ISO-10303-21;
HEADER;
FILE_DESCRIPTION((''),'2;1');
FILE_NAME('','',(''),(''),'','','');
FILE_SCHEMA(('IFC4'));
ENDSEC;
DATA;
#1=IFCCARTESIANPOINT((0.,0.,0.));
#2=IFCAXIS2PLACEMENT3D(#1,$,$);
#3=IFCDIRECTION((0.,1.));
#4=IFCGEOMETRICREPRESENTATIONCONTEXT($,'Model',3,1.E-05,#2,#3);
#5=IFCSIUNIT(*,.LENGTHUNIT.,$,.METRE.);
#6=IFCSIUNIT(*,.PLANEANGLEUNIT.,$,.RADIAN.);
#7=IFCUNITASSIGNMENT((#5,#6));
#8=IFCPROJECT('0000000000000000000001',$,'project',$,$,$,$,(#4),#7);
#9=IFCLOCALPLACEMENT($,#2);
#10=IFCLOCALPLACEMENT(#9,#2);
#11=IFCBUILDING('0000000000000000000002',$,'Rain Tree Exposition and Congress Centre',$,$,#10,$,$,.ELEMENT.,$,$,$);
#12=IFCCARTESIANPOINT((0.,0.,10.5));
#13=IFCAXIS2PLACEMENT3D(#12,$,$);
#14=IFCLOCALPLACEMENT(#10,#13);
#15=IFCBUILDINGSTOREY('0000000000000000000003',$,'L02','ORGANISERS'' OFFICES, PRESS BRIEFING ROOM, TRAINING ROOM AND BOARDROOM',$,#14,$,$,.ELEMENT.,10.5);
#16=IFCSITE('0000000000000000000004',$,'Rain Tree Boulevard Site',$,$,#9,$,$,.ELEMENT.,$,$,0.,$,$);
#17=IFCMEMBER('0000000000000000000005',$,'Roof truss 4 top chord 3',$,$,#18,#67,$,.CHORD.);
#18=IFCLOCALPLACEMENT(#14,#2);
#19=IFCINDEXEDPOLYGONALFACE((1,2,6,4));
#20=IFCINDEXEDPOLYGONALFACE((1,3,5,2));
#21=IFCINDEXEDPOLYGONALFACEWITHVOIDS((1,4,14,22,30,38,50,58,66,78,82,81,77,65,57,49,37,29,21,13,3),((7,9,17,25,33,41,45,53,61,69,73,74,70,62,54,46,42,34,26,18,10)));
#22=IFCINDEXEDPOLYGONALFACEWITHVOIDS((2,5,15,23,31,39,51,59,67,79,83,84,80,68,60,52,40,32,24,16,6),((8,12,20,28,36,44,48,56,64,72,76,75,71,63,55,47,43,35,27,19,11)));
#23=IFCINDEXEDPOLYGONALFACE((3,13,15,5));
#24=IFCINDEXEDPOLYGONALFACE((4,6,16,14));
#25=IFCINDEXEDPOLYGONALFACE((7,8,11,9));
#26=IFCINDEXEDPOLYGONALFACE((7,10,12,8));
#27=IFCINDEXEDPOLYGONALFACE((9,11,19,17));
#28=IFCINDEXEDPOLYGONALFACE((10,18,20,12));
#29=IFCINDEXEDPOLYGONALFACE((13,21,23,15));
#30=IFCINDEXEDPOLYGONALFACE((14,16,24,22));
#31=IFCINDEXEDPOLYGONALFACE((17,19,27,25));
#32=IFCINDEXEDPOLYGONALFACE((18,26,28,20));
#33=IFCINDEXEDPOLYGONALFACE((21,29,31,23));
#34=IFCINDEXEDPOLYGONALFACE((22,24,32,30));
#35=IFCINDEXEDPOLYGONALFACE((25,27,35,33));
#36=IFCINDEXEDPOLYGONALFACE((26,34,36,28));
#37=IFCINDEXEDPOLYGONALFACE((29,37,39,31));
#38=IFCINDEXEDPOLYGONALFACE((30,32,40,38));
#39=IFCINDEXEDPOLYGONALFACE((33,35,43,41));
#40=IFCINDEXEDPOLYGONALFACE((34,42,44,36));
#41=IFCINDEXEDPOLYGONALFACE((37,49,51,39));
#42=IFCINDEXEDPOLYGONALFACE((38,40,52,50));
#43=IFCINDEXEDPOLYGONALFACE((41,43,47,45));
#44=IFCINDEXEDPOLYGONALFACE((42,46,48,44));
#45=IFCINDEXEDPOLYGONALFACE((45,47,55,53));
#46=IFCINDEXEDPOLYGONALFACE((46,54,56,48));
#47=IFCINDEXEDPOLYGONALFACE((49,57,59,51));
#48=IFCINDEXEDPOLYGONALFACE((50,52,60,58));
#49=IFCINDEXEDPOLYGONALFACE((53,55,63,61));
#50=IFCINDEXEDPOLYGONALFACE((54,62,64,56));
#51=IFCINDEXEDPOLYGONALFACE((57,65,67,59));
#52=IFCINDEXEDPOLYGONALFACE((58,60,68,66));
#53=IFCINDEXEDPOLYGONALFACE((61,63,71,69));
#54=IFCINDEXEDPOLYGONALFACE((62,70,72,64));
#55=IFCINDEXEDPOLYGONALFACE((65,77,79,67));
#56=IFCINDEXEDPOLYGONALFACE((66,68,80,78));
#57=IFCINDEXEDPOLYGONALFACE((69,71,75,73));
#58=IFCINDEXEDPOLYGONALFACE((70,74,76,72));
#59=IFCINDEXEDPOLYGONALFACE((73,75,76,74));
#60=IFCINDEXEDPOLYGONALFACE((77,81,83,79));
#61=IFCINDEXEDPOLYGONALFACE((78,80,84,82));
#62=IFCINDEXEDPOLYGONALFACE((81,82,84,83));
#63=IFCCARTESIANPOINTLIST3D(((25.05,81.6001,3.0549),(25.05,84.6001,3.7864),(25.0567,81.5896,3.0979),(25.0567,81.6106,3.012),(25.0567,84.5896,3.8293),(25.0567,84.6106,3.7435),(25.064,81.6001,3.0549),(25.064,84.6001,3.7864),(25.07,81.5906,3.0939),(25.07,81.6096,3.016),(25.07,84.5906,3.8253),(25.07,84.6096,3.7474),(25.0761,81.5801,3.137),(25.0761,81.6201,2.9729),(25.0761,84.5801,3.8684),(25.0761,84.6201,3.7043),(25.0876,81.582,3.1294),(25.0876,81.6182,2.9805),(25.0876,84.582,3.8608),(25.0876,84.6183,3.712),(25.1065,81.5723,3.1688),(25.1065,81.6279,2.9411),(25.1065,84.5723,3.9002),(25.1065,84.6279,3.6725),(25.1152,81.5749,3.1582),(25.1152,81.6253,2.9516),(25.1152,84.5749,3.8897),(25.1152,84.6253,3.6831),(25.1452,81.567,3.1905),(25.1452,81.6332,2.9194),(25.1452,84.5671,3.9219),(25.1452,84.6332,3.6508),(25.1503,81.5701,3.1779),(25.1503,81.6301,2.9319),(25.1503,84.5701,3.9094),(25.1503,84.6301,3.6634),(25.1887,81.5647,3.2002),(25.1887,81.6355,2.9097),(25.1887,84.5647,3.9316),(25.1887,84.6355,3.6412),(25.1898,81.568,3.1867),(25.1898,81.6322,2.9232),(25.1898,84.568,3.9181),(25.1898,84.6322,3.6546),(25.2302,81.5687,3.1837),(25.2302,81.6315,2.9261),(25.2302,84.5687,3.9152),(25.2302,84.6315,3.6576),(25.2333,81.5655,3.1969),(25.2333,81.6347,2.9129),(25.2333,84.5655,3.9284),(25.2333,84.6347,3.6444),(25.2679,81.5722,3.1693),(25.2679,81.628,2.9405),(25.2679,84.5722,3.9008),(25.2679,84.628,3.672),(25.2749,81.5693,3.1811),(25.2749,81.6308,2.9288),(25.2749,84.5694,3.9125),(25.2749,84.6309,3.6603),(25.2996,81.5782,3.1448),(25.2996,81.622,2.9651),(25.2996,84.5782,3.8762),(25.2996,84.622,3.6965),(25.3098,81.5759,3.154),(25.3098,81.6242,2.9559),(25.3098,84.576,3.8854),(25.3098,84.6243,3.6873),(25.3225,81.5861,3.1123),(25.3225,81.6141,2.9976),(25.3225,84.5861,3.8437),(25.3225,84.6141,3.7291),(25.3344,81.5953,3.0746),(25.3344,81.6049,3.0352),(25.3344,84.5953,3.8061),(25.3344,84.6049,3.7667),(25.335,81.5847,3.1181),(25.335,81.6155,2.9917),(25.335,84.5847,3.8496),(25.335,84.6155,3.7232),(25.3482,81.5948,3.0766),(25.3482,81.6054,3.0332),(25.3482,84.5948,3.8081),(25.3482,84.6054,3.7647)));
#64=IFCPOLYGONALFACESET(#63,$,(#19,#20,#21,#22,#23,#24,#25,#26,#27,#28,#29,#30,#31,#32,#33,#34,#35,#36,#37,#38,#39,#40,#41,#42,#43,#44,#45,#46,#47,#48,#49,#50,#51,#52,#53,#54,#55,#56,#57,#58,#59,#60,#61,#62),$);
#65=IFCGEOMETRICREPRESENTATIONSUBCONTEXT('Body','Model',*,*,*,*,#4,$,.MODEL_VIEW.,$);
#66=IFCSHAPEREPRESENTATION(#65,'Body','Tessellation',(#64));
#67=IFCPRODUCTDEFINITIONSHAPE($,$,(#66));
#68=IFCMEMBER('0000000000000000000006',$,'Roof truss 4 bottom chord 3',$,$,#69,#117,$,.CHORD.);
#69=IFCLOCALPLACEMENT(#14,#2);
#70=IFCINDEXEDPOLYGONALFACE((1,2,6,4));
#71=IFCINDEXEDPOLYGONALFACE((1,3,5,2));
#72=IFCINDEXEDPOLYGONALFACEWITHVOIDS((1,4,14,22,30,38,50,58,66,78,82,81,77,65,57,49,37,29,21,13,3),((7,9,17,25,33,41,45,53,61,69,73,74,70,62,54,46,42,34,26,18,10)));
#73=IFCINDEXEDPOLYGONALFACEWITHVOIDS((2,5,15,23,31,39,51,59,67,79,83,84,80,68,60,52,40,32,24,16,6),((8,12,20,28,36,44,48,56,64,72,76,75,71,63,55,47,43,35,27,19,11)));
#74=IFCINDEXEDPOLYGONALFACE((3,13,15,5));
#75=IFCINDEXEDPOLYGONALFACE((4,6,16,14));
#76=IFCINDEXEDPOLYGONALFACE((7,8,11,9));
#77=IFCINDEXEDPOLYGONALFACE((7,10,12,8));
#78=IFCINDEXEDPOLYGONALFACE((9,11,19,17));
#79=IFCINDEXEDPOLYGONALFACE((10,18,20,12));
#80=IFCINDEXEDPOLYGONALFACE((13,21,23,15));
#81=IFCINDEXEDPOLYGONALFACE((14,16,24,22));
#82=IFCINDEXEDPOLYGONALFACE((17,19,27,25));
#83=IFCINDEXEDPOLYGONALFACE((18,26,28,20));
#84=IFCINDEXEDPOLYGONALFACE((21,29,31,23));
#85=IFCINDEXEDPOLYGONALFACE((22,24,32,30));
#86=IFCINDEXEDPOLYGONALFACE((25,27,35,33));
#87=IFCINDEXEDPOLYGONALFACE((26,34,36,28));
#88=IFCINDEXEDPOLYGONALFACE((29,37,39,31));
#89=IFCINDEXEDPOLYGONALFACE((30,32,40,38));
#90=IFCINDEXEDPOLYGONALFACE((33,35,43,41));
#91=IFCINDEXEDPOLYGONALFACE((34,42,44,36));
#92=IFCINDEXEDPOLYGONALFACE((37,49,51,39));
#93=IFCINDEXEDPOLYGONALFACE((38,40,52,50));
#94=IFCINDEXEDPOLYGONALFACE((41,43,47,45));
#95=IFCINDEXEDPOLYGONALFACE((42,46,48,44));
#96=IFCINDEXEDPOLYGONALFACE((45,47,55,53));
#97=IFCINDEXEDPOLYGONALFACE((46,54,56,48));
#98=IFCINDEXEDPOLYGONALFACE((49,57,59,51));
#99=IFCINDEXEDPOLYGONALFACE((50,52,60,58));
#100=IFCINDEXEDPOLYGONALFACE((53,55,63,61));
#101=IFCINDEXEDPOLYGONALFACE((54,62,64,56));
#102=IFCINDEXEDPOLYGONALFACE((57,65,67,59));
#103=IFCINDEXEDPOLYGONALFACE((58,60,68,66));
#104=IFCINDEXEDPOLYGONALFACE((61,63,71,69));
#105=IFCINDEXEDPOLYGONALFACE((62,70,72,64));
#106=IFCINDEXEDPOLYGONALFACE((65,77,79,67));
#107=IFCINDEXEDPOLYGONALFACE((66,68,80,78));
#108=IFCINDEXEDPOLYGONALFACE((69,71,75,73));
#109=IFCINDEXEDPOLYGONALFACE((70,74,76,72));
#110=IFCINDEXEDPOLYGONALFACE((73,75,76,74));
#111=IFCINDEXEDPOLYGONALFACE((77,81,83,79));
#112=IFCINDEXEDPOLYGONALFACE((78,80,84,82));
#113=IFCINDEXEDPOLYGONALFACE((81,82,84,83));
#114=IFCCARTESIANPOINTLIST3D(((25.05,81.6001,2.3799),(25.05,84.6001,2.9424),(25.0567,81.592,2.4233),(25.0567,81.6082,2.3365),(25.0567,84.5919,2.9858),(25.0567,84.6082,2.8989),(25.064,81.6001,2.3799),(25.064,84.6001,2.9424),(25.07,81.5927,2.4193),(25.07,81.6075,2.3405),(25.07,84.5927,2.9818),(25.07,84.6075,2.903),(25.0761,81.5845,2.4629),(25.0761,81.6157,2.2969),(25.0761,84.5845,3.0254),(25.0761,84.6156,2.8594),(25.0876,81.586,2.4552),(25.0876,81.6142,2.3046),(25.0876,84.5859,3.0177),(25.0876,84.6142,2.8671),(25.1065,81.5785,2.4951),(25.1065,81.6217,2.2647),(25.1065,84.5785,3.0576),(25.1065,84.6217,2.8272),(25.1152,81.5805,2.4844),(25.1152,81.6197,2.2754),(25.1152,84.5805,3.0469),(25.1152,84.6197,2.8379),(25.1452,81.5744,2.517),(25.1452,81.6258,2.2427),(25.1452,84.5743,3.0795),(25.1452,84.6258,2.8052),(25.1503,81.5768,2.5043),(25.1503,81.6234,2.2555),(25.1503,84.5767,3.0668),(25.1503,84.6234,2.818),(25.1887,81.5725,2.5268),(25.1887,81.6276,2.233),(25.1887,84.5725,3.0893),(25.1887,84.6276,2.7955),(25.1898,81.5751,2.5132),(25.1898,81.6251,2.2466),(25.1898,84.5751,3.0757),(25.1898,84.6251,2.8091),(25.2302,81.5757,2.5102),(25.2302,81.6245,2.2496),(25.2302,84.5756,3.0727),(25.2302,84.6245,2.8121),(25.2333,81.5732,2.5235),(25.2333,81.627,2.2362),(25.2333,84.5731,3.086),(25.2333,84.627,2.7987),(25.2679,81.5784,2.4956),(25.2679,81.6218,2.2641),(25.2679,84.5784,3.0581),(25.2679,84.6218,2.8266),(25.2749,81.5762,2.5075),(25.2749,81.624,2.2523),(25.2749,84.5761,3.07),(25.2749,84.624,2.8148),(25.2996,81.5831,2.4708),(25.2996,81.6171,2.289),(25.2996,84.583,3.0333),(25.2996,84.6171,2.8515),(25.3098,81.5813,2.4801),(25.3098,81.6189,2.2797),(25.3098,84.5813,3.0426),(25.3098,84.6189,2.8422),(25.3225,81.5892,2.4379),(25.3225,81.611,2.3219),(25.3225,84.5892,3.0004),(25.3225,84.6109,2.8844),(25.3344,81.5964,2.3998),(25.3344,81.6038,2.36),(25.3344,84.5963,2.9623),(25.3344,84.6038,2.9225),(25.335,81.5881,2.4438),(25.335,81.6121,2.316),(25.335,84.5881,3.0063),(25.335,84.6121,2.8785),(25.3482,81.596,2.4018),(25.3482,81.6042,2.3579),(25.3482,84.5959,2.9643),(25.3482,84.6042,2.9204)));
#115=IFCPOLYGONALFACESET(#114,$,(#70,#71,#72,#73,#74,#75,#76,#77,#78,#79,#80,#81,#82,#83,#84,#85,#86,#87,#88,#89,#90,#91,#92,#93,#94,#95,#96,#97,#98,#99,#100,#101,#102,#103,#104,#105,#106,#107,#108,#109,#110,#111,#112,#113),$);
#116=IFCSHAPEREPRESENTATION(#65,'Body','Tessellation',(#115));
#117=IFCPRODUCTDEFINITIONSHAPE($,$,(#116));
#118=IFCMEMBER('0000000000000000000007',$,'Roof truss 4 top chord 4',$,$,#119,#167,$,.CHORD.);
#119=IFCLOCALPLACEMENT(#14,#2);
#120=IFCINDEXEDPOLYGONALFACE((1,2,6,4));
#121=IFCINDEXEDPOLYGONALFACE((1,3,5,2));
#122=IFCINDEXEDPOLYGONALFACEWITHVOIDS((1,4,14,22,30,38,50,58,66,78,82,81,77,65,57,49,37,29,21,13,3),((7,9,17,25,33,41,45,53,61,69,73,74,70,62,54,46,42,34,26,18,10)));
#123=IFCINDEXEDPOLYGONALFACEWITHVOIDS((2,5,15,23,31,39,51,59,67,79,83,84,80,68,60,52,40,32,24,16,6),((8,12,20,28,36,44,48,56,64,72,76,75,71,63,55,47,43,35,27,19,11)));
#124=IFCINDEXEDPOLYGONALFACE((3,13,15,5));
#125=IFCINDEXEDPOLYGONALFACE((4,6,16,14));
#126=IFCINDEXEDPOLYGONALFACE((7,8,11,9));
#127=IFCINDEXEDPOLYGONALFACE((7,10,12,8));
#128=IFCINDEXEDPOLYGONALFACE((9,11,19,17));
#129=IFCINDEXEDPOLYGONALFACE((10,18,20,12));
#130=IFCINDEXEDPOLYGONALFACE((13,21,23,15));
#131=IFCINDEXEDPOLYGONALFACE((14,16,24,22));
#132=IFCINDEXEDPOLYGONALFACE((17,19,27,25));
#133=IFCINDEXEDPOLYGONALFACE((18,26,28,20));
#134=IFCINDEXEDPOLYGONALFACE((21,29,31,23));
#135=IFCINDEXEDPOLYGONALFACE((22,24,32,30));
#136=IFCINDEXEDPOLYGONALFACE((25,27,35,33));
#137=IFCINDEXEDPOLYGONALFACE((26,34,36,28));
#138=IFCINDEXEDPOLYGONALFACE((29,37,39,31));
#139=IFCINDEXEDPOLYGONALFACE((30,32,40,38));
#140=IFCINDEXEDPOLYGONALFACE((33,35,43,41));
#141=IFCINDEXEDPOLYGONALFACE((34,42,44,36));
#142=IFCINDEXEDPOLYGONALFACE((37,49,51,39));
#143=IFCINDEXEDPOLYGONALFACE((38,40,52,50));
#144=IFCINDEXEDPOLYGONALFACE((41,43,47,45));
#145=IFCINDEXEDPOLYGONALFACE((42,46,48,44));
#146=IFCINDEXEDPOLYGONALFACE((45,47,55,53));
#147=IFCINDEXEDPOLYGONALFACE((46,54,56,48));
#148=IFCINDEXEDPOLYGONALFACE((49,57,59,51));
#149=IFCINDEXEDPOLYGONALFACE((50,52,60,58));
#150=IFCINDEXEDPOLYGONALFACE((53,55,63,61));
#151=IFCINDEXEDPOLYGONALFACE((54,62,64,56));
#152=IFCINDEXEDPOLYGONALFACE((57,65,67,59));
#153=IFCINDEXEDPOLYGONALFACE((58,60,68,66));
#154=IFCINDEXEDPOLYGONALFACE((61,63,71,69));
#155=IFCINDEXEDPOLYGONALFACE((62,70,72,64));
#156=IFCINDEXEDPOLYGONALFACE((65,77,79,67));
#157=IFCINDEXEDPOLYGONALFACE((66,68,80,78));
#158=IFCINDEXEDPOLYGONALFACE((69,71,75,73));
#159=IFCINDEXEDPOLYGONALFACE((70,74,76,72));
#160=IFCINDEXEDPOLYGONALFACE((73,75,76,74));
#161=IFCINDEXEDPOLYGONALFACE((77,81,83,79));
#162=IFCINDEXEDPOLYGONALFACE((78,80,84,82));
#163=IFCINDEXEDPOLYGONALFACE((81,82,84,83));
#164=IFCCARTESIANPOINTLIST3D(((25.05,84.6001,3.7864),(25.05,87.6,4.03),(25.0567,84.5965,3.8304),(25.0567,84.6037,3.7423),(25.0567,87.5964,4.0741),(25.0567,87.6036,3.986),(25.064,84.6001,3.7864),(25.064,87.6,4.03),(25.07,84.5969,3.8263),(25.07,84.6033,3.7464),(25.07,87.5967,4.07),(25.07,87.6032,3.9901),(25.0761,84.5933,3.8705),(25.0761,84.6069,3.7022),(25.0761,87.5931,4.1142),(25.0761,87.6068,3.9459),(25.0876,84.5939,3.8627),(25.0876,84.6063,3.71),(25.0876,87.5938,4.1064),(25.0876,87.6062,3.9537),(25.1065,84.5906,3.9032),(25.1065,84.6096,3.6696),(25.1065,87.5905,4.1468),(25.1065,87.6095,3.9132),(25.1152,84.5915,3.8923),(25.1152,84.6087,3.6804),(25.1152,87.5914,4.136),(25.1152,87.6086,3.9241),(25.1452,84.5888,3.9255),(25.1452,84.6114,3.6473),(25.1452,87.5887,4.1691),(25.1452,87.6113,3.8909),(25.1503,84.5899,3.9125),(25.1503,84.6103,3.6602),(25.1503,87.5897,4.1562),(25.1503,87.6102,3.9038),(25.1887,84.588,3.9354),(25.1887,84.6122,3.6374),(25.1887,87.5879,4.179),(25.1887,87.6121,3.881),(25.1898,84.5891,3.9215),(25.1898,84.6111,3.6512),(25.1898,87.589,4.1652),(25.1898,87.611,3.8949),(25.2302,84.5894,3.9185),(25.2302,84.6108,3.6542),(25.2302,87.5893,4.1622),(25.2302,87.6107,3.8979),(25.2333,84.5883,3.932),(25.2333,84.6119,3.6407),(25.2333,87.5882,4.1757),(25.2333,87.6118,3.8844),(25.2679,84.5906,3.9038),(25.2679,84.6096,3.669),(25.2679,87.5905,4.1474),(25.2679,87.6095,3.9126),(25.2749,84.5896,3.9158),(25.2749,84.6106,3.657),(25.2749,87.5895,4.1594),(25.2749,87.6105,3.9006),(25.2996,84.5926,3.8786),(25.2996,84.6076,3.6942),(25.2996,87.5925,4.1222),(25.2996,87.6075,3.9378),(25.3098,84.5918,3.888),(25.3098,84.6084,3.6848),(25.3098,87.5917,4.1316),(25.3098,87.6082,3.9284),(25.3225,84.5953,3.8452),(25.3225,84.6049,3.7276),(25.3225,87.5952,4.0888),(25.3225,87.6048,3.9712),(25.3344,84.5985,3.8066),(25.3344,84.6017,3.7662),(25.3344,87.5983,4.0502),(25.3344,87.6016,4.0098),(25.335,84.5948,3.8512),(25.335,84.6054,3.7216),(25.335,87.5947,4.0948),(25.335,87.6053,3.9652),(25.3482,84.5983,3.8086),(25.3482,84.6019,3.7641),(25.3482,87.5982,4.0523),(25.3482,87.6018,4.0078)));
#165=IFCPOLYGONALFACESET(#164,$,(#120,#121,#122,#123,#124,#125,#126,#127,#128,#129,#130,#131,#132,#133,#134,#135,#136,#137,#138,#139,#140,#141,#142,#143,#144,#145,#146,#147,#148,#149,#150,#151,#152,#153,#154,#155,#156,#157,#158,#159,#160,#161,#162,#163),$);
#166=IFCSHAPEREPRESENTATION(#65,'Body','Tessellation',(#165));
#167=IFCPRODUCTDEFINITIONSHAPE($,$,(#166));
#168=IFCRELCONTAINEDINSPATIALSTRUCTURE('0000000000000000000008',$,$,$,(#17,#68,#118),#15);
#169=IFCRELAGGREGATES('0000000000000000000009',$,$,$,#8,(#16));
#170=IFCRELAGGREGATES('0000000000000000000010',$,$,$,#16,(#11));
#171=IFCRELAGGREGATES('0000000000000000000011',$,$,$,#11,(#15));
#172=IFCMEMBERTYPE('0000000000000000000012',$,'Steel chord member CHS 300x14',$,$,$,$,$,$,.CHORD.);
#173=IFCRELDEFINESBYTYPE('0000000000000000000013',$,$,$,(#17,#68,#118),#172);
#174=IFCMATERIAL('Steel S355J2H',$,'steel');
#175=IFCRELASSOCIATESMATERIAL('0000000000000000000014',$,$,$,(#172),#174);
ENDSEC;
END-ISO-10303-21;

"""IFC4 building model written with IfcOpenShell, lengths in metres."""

from ifc_helpers import new_model, si_unit, direction, frame, origin, origin_2d, place, context, subcontext, project, spatial, hollow_circle, extrude, material, material_profile, profile_set, type_object, element, save


model = new_model("IFC4")

# Units and contexts
model_context = context("Model", 3, precision=1e-05, world=origin(), true_north=direction((0.0, 1.0)))
body_context = subcontext(model_context, "Body", "Model", "MODEL_VIEW")
ifc_project = project(units=[si_unit("LENGTHUNIT", "METRE"), si_unit("PLANEANGLEUNIT", "RADIAN")], contexts=[model_context])

# Site, building, storey
site_placement = place(None, origin())
site = spatial("IfcSite", under=ifc_project, at=site_placement, Name="Rain Tree Boulevard Site", CompositionType="ELEMENT", RefElevation=0.0)
building_placement = place(site_placement, origin())
building = spatial("IfcBuilding", under=site, at=building_placement, Name="Rain Tree Exposition and Congress Centre", CompositionType="ELEMENT")
storey_placement = place(building_placement, frame((0.0, 0.0, 10.5)))
storey = spatial("IfcBuildingStorey", under=building, at=storey_placement, Name="L02", Description="ORGANISERS' OFFICES, PRESS BRIEFING ROOM, TRAINING ROOM AND BOARDROOM", CompositionType="ELEMENT", Elevation=10.5)

# Members
ifc_material_1 = material(Name="Steel S355J2H", Category="steel")
ifc_material_profile_1 = material_profile(ifc_material_1, hollow_circle(Radius=0.1499, WallThickness=0.0139, at=origin_2d()), Name="CHS 300x14")
ifc_profile_set_1 = profile_set([ifc_material_profile_1], Name="Steel S355J2H")
member_type_1 = type_object("IfcMemberType", Name="Steel chord member CHS 300x14", PredefinedType="CHORD", material=ifc_profile_set_1)
member_1_placement = place(storey_placement, frame((25.2, 81.6001, 3.0549), z_axis=(0.0, 0.97154, 0.236876), x_axis=(-1.0, 0.0, 0.0)))
element("IfcMember", 1, at=member_1_placement, inside=storey, type_object=member_type_1, Name="Roof truss 4 top chord 3", PredefinedType="CHORD", context=body_context, shape_type="SweptSolid", body=[
    extrude(hollow_circle(Radius=0.1499, WallThickness=0.0139, at=origin_2d()), origin(), (0.0, 0.0, 1.0), 3.0879),
])
member_2_placement = place(storey_placement, frame((25.2, 81.6001, 2.3799), z_axis=(0.0, 0.982872, 0.184289), x_axis=(-1.0, 0.0, 0.0)))
element("IfcMember", 2, at=member_2_placement, inside=storey, type_object=member_type_1, Name="Roof truss 4 bottom chord 3", PredefinedType="CHORD", context=body_context, shape_type="SweptSolid", body=[
    extrude(hollow_circle(Radius=0.1499, WallThickness=0.0139, at=origin_2d()), origin(), (0.0, 0.0, 1.0), 3.0522),
])
member_3_placement = place(storey_placement, frame((25.2, 84.6001, 3.7864), z_axis=(0.0, 0.996718, 0.080951), x_axis=(-1.0, 0.0, 0.0)))
element("IfcMember", 3, at=member_3_placement, inside=storey, type_object=member_type_1, Name="Roof truss 4 top chord 4", PredefinedType="CHORD", context=body_context, shape_type="SweptSolid", body=[
    extrude(hollow_circle(Radius=0.1499, WallThickness=0.0139, at=origin_2d()), origin(), (0.0, 0.0, 1.0), 3.0098),
])

save(model, "model.ifc")
